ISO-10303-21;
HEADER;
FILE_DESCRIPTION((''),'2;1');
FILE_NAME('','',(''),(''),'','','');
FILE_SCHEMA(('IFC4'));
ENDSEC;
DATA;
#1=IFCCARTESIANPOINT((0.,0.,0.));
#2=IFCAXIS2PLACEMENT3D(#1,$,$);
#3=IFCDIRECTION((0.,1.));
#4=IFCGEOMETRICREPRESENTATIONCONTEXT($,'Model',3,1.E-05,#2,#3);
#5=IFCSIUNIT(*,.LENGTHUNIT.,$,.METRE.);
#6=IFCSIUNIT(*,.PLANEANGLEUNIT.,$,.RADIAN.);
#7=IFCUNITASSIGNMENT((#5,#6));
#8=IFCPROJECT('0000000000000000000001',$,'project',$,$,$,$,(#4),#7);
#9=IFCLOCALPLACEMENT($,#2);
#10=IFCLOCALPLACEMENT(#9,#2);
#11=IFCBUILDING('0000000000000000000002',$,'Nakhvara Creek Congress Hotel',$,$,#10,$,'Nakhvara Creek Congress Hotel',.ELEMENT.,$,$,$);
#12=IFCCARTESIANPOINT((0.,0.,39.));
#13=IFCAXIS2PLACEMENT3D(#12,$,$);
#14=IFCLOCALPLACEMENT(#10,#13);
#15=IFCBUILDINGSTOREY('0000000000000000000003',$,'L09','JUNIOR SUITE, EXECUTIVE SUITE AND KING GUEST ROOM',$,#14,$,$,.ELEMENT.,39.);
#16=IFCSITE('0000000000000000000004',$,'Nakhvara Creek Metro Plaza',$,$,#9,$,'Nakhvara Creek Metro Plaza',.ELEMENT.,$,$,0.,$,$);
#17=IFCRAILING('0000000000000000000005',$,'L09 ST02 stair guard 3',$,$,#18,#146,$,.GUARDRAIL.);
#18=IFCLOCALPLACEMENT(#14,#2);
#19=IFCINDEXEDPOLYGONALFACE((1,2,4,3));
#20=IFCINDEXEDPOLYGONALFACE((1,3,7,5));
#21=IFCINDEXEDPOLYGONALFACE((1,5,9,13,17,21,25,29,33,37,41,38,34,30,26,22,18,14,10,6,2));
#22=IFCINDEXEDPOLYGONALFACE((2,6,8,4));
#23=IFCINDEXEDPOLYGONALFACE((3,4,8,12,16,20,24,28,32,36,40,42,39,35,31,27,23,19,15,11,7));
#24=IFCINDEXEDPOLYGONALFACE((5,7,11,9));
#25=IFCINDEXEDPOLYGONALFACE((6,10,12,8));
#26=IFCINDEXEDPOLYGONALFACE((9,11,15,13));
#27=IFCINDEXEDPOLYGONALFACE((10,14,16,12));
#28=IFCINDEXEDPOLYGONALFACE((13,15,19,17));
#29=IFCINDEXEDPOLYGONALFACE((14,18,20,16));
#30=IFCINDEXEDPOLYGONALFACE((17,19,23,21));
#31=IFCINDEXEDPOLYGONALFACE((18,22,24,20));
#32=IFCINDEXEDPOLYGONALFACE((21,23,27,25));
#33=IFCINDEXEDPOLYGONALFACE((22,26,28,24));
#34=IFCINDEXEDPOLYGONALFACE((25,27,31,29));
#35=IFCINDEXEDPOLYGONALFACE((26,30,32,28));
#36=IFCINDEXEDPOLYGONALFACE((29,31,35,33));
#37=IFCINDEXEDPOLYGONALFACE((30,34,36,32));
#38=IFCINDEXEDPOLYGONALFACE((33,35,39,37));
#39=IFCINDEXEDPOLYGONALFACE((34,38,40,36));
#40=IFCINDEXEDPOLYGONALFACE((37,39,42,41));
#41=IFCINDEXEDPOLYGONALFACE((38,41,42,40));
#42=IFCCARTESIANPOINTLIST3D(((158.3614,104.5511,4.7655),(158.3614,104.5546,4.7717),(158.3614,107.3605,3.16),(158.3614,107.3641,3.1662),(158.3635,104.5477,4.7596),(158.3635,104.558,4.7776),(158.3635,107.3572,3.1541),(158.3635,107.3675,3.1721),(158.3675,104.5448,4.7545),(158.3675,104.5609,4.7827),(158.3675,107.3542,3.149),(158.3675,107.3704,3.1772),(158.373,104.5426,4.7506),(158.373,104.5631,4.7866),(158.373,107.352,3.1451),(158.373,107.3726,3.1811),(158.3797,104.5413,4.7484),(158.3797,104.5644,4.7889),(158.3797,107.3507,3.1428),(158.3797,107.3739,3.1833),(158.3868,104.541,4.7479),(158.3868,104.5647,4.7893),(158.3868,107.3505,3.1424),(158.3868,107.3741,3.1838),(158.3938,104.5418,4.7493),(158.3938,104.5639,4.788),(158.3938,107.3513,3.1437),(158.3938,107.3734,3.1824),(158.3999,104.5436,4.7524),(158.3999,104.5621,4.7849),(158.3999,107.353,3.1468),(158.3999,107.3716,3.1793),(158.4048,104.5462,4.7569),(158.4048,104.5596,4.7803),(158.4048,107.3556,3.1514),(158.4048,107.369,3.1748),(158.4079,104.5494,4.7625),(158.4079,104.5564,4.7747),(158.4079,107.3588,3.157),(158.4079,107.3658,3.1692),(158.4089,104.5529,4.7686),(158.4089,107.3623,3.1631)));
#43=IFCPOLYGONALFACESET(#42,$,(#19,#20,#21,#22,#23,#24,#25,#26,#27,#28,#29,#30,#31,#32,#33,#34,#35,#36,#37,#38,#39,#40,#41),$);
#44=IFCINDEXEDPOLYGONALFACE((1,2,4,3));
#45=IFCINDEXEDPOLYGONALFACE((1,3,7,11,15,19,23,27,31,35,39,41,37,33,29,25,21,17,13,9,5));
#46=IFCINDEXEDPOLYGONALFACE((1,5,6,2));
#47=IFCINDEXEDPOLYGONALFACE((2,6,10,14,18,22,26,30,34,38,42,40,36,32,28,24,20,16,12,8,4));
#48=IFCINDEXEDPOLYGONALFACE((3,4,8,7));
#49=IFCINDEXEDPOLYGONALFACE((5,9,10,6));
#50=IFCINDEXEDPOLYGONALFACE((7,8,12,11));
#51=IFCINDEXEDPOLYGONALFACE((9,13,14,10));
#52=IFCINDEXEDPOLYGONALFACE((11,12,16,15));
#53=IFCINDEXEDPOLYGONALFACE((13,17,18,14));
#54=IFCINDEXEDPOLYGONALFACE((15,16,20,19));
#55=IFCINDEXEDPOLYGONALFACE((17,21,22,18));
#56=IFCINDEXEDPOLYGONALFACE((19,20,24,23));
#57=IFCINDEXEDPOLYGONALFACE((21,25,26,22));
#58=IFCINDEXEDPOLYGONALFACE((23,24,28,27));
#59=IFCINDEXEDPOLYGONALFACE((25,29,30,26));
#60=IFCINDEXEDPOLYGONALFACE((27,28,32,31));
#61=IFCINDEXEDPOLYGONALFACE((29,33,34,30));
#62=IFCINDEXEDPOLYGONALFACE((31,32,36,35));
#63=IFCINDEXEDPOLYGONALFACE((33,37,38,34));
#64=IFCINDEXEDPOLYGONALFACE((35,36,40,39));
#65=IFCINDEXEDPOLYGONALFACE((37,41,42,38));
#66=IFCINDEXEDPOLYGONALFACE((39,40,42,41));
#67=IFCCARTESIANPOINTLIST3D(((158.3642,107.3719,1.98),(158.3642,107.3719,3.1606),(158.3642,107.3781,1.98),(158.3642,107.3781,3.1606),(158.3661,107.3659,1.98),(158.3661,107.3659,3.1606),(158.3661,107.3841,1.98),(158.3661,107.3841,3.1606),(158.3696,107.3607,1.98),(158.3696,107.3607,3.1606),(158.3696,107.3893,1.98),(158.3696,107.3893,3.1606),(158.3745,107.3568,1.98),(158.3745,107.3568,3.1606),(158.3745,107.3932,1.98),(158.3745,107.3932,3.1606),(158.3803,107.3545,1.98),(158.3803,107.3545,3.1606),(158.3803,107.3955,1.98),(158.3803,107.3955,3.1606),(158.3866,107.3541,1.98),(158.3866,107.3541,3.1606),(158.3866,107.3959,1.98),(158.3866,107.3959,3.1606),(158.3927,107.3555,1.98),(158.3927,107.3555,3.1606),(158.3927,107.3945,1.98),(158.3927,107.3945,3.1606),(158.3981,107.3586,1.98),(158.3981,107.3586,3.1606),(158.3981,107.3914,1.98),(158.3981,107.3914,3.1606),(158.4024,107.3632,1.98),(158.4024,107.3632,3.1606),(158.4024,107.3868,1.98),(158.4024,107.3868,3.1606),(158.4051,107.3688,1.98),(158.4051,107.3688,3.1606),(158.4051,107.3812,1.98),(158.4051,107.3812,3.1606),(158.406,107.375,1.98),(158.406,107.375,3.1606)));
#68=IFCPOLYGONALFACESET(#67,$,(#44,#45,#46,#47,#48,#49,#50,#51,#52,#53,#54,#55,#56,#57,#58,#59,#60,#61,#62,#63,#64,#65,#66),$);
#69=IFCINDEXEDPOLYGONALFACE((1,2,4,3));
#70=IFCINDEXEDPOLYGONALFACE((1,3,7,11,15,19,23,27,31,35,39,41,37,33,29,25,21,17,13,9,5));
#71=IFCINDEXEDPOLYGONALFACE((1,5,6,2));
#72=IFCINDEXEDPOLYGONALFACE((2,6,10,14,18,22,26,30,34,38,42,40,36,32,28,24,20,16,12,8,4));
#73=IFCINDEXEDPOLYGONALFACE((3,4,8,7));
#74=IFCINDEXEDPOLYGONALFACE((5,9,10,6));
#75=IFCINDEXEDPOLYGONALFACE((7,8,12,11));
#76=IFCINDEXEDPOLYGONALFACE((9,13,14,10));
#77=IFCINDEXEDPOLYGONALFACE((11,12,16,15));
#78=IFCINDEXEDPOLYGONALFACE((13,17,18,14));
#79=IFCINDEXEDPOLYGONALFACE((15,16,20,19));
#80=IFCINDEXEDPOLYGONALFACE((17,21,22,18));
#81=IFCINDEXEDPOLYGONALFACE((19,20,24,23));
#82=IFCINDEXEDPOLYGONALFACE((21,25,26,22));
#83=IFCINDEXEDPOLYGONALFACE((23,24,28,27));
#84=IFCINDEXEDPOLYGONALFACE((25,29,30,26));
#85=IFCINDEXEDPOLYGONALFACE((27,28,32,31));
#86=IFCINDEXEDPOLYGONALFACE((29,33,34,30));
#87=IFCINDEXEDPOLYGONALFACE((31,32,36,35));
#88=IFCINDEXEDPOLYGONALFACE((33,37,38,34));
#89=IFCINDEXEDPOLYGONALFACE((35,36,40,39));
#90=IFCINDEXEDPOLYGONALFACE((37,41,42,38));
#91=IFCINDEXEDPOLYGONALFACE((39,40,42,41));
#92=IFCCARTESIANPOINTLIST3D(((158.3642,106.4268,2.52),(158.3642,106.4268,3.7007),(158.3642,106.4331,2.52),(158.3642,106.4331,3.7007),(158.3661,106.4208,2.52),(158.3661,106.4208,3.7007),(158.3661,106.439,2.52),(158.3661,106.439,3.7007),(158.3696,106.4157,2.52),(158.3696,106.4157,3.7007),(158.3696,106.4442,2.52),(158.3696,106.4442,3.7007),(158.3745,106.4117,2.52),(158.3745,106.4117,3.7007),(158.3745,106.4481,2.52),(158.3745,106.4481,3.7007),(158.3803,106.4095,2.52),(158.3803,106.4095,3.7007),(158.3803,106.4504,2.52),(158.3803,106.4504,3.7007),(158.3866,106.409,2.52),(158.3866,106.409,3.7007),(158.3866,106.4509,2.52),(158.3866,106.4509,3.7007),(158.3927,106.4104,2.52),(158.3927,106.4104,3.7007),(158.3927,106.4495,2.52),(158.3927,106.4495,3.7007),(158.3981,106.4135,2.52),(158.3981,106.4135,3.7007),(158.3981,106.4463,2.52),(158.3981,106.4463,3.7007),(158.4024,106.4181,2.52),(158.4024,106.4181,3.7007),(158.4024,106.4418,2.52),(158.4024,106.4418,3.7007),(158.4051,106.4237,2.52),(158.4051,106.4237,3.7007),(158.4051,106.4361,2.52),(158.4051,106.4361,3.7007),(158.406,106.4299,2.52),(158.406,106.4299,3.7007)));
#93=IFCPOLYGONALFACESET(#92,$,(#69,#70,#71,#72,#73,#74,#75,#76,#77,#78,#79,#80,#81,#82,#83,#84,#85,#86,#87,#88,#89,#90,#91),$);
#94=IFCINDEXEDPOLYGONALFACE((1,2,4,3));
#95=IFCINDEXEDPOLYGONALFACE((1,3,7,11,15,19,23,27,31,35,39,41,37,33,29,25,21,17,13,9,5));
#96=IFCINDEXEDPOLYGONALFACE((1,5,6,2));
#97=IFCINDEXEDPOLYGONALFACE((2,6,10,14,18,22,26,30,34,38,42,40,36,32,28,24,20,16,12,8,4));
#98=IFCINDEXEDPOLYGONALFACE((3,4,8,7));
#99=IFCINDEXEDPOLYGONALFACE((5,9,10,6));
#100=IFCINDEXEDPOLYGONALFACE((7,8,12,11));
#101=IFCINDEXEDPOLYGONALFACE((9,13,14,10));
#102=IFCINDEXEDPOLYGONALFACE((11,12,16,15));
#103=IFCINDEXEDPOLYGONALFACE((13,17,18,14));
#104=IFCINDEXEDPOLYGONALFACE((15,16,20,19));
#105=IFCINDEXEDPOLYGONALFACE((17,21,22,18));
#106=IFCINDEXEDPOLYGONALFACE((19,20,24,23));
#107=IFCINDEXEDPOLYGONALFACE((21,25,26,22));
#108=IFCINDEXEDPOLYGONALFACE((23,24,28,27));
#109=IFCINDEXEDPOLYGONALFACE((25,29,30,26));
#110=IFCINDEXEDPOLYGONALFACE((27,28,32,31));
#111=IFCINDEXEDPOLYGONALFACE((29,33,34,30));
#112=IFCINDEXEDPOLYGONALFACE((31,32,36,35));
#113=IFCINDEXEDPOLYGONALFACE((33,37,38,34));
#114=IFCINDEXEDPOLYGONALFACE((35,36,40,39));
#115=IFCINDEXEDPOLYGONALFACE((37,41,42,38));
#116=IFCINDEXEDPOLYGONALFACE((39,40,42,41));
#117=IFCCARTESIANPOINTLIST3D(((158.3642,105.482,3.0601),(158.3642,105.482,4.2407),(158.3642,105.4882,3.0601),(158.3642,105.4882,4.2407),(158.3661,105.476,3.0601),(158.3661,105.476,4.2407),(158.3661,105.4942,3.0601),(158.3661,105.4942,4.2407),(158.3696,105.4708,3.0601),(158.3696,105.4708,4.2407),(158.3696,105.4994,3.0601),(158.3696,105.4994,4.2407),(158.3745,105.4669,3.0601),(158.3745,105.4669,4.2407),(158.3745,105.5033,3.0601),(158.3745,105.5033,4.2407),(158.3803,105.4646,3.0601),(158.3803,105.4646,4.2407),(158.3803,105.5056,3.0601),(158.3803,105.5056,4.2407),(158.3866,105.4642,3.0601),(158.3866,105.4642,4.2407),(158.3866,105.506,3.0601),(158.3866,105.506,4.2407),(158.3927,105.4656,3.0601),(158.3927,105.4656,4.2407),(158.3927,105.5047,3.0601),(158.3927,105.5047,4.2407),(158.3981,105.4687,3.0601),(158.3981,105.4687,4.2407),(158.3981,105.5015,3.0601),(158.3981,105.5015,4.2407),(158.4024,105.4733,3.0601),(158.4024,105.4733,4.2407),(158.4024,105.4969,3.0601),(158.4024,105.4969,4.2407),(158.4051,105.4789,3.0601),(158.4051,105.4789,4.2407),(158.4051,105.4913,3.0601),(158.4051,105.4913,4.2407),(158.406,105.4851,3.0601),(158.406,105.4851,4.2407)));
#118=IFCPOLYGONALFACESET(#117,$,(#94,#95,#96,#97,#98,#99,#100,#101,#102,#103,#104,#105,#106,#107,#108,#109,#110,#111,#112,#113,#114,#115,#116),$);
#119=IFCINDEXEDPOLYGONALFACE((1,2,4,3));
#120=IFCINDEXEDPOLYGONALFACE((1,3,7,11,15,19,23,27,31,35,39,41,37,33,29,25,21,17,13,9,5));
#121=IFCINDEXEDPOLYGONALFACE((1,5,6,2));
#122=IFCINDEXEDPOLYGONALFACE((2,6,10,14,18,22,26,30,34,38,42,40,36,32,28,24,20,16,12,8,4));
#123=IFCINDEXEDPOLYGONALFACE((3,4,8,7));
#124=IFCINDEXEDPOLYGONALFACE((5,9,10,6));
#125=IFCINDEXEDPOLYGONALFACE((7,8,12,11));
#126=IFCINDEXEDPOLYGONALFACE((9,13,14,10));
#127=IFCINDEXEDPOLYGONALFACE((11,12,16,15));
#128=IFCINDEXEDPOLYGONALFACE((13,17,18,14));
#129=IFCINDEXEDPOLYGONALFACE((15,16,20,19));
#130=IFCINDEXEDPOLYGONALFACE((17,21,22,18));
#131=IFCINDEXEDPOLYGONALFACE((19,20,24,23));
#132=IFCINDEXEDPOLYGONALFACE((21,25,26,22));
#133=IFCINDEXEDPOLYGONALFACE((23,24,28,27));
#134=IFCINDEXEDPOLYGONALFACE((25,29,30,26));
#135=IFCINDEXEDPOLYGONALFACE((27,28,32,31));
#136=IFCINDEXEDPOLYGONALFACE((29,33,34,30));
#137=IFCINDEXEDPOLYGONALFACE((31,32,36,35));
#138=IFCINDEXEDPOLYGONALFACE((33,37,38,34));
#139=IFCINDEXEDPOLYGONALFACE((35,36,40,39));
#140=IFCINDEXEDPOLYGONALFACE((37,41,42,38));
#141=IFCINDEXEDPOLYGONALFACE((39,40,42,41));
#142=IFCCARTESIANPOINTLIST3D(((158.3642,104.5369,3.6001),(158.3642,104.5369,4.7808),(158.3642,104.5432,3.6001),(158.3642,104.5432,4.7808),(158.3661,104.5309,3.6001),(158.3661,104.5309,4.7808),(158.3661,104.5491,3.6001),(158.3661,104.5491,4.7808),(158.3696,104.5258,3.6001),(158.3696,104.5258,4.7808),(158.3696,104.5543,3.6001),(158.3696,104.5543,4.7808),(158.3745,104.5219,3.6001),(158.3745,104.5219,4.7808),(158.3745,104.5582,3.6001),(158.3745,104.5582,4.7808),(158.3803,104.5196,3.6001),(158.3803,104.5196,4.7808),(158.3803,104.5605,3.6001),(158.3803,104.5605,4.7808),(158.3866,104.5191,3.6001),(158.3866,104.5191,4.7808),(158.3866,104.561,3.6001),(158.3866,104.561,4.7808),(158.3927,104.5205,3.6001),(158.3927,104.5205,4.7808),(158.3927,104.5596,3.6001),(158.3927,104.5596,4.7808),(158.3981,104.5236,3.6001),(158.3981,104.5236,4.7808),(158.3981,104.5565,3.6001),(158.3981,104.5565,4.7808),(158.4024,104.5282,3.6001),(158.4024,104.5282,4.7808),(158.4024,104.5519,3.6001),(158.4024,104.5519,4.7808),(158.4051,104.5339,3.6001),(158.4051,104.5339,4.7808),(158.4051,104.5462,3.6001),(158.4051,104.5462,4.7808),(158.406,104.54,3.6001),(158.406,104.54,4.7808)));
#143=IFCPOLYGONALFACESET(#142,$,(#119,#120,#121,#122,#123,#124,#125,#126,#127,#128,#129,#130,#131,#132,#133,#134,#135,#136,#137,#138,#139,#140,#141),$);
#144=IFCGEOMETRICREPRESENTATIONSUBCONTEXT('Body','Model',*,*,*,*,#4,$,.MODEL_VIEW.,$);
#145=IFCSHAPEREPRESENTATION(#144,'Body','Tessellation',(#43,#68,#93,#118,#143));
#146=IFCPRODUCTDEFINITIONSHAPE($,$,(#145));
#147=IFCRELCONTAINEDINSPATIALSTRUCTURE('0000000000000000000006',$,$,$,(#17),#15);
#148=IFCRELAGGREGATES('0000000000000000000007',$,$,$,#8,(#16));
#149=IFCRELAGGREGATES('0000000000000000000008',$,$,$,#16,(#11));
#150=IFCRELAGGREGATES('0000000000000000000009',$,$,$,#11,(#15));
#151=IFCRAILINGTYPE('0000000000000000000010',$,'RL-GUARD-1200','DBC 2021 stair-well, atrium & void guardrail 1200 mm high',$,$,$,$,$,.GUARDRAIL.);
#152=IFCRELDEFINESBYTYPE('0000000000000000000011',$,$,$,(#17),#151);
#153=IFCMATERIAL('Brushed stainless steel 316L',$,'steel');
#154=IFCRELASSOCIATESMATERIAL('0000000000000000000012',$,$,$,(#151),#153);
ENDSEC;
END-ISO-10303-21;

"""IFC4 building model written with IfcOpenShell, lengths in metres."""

from ifc_helpers import new_model, si_unit, direction, frame, origin, origin_2d, place, context, subcontext, project, spatial, circle, extrude, material, type_object, element, save


model = new_model("IFC4")

# Units and contexts
model_context = context("Model", 3, precision=1e-05, world=origin(), true_north=direction((0.0, 1.0)))
body_context = subcontext(model_context, "Body", "Model", "MODEL_VIEW")
ifc_project = project(units=[si_unit("LENGTHUNIT", "METRE"), si_unit("PLANEANGLEUNIT", "RADIAN")], contexts=[model_context])

# Site, building, storey
site_placement = place(None, origin())
site = spatial("IfcSite", under=ifc_project, at=site_placement, Name="Nakhvara Creek Metro Plaza", LongName="Nakhvara Creek Metro Plaza", CompositionType="ELEMENT", RefElevation=0.0)
building_placement = place(site_placement, origin())
building = spatial("IfcBuilding", under=site, at=building_placement, Name="Nakhvara Creek Congress Hotel", LongName="Nakhvara Creek Congress Hotel", CompositionType="ELEMENT")
storey_placement = place(building_placement, frame((0.0, 0.0, 39.0)))
storey = spatial("IfcBuildingStorey", under=building, at=storey_placement, Name="L09", Description="JUNIOR SUITE, EXECUTIVE SUITE AND KING GUEST ROOM", CompositionType="ELEMENT", Elevation=39.0)

# Railing
ifc_material_1 = material(Name="Brushed stainless steel 316L", Category="steel")
railing_type_1 = type_object("IfcRailingType", Name="RL-GUARD-1200", Description="DBC 2021 stair-well, atrium & void guardrail 1200 mm high", PredefinedType="GUARDRAIL", material=ifc_material_1)
railing_1_placement = place(storey_placement, frame((158.385, 107.375, 1.98)))
element("IfcRailing", 1, at=railing_1_placement, inside=storey, type_object=railing_type_1, Name="L09 ST02 stair guard 3", PredefinedType="GUARDRAIL", context=body_context, shape_type="SweptSolid", body=[
    extrude(circle(Radius=0.0239, at=origin_2d()), frame((0.0, -0.0127, 1.1831), z_axis=(0.0, -0.868225, 0.496171), x_axis=(1.0, 0.0, 0.0)), (0.0, 0.0, 1.0), 3.2358),
    extrude(circle(Radius=0.021, at=origin_2d()), origin(), (0.0, 0.0, 1.0), 1.1807),
    extrude(circle(Radius=0.021, at=origin_2d()), frame((0.0, -0.9451, 0.54)), (0.0, 0.0, 1.0), 1.1807),
    extrude(circle(Radius=0.021, at=origin_2d()), frame((0.0, -1.8899, 1.0801)), (0.0, 0.0, 1.0), 1.1807),
    extrude(circle(Radius=0.021, at=origin_2d()), frame((0.0, -2.835, 1.6201)), (0.0, 0.0, 1.0), 1.1807),
])

save(model, "model.ifc")
